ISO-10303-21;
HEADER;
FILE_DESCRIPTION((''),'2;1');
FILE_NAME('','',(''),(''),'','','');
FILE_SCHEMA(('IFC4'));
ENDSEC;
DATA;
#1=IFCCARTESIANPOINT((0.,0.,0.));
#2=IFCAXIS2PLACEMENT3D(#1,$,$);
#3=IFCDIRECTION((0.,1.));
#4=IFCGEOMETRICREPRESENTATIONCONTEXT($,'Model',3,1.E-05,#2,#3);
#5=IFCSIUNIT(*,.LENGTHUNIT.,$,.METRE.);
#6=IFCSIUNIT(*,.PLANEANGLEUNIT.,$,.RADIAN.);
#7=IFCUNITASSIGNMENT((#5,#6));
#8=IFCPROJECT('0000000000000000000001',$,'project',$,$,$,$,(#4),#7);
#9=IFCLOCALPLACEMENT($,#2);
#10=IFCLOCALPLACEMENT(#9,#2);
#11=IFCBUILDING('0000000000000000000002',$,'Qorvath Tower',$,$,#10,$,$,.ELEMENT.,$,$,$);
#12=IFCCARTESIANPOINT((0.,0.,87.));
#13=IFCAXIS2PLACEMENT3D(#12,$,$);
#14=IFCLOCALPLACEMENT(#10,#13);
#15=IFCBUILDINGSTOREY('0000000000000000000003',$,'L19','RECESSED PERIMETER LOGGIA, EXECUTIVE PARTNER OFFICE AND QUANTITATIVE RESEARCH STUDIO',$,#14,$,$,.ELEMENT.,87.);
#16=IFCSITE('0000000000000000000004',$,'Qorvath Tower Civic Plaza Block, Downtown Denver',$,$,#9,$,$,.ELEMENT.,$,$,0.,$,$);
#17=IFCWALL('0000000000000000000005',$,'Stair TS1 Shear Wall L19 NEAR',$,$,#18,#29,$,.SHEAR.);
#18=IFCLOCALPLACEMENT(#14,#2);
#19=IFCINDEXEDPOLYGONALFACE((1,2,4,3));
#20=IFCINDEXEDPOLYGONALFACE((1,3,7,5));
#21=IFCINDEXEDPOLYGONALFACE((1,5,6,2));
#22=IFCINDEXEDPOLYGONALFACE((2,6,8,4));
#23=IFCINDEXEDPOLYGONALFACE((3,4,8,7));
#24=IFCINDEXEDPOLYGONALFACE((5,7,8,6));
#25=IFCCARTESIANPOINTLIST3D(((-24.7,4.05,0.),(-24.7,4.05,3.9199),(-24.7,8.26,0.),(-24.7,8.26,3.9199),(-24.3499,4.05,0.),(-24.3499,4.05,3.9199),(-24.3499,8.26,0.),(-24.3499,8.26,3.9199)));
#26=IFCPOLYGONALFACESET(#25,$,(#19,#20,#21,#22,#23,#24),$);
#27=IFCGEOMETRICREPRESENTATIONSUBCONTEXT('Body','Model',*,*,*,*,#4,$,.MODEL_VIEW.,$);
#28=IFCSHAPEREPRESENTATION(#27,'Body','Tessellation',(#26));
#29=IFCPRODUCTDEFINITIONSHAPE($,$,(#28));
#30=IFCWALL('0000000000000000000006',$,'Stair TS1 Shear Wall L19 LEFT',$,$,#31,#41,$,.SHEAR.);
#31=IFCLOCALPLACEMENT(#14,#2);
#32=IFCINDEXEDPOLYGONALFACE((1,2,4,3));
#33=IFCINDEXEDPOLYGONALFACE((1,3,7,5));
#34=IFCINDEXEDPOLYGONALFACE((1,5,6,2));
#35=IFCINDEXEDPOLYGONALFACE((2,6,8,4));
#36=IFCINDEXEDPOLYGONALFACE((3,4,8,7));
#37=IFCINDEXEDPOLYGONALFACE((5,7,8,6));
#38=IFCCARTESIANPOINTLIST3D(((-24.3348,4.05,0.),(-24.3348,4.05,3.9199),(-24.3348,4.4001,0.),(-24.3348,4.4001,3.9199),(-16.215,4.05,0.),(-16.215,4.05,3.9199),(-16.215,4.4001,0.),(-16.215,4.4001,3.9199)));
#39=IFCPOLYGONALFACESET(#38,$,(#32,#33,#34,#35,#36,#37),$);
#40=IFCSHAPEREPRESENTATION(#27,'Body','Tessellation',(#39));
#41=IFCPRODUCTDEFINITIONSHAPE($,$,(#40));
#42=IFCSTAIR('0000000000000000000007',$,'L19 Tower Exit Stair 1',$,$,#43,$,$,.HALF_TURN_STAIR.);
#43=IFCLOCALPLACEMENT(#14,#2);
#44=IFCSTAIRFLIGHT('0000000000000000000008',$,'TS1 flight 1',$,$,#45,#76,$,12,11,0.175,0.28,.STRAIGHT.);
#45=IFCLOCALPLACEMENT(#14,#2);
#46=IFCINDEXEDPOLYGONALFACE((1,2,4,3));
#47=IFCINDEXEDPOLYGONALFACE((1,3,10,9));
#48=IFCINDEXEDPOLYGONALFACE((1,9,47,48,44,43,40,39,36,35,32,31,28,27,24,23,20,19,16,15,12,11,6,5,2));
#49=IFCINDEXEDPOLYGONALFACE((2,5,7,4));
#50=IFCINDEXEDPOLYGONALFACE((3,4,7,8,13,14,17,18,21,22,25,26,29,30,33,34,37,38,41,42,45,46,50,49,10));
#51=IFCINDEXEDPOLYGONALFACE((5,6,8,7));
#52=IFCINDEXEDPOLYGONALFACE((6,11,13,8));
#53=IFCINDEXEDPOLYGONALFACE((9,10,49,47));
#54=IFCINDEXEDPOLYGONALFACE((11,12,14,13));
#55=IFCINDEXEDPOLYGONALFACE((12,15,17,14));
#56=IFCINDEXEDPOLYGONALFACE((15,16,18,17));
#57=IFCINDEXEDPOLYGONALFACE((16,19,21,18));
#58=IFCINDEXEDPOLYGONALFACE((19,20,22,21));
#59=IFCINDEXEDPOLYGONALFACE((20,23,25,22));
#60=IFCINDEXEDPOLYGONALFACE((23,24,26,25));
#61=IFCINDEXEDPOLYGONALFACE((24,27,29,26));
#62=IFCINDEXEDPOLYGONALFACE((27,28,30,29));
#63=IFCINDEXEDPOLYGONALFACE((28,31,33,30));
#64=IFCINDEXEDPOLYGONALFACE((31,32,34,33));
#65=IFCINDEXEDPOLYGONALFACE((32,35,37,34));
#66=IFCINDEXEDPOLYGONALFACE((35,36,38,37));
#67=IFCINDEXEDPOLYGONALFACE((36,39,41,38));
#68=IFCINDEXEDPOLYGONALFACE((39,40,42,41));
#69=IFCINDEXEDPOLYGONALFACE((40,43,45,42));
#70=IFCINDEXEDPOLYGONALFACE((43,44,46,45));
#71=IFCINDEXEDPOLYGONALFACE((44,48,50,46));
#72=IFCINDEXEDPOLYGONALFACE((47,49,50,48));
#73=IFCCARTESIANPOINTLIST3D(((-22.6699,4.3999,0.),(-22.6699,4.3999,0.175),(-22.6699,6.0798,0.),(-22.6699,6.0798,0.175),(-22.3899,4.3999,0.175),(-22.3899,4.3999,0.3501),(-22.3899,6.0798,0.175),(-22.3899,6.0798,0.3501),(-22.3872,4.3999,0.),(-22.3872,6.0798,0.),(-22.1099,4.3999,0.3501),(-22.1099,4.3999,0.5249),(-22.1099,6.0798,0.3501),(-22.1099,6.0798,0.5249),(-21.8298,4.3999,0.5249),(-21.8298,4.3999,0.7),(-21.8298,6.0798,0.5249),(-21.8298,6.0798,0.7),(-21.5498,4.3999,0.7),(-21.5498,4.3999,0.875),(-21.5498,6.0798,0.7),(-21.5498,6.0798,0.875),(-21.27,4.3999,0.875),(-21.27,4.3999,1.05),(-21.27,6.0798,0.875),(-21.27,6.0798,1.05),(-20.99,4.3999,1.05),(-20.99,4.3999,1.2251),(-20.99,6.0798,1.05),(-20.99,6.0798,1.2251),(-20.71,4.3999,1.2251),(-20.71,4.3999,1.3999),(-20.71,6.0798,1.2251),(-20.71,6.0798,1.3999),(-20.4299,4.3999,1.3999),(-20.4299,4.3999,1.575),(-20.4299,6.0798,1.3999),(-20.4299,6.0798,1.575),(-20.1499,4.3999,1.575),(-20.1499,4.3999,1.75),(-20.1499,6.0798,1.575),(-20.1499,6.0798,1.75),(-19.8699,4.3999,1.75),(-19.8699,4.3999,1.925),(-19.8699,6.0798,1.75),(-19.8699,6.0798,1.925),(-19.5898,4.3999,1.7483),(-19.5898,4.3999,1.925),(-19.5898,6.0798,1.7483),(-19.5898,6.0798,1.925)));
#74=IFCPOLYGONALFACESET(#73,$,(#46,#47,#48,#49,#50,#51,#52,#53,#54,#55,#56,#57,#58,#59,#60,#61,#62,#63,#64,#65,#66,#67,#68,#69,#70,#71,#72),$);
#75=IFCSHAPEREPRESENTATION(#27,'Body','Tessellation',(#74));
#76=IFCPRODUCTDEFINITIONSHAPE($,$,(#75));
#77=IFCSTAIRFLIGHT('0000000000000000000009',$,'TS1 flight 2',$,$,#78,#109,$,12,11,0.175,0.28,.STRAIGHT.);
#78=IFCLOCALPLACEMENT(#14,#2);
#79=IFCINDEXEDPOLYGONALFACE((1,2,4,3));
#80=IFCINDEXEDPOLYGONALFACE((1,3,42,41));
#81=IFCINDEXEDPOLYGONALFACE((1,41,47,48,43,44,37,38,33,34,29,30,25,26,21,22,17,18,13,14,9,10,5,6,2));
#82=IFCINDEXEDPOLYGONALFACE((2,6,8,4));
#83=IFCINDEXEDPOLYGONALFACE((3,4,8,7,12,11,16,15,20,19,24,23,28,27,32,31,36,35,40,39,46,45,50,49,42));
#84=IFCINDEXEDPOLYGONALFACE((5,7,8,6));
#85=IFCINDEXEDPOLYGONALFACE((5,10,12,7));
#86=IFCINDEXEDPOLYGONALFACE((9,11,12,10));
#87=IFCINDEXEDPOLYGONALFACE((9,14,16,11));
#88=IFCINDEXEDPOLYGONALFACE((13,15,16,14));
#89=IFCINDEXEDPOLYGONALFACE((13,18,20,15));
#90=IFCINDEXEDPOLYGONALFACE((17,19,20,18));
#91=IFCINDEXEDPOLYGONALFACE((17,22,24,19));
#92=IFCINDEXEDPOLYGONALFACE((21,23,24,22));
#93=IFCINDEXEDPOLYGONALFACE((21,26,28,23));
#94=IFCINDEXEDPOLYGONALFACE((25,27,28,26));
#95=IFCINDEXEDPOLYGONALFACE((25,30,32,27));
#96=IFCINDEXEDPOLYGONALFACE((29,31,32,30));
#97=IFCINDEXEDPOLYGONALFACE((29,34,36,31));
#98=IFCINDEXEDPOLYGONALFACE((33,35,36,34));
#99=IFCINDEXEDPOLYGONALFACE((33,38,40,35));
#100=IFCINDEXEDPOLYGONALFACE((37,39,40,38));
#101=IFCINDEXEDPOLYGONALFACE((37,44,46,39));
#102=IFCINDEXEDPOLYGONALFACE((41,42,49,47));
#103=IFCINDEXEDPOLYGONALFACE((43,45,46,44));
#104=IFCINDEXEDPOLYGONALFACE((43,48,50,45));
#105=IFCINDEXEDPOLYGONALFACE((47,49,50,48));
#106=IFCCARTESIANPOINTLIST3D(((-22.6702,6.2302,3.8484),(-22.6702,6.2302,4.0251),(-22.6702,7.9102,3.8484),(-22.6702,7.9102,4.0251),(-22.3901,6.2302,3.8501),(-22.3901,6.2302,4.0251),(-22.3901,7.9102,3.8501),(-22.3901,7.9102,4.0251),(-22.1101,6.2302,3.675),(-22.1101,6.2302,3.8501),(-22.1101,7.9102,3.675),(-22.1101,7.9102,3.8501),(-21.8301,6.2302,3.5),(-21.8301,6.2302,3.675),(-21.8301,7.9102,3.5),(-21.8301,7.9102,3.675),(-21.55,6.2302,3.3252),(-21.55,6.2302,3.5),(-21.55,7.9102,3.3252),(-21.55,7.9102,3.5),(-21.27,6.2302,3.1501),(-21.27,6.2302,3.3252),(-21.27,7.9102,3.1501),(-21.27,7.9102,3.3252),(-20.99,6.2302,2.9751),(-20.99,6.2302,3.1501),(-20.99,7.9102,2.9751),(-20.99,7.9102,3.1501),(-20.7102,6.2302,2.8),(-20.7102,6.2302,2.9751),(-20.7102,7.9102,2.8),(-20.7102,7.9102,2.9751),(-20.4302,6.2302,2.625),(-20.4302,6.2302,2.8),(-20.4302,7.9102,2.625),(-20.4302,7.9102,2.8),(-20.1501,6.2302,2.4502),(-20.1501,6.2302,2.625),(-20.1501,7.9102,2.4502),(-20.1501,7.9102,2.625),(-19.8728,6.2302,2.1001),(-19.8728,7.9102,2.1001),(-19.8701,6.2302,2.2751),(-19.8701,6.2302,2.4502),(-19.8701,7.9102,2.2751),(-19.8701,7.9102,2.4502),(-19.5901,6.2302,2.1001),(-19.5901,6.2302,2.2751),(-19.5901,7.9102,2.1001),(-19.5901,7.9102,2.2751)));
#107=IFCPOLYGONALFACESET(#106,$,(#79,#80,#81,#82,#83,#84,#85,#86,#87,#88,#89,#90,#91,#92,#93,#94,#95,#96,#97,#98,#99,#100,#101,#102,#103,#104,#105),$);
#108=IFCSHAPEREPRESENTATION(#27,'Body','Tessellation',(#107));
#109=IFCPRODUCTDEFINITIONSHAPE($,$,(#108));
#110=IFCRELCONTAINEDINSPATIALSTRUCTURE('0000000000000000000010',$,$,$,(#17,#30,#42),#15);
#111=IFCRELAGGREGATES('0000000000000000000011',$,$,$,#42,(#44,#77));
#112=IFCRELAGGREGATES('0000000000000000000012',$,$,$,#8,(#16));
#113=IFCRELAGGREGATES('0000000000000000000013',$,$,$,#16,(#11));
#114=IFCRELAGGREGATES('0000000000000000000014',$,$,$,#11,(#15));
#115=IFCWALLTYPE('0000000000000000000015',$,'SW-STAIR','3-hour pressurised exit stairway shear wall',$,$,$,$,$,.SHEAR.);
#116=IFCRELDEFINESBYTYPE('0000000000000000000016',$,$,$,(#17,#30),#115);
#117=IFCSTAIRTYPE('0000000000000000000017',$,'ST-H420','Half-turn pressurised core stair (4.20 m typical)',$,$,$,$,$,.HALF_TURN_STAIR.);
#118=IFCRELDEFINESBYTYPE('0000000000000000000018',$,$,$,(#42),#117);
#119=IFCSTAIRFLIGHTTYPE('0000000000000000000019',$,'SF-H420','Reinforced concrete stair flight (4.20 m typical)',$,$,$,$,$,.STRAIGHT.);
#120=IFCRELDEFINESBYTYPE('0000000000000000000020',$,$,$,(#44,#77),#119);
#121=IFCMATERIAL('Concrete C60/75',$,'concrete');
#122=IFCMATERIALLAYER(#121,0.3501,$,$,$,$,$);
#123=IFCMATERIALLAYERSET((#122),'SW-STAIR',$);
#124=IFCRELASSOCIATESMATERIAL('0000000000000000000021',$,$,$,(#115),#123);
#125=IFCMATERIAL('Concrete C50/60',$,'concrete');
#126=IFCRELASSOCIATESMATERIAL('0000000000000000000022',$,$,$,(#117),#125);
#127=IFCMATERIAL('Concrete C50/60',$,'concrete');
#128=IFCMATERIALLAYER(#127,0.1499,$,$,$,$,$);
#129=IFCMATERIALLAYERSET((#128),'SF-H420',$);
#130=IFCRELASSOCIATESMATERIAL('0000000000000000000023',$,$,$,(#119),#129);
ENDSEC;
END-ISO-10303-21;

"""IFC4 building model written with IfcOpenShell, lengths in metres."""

from ifc_helpers import new_model, si_unit, direction, frame, frame_2d, origin, place, context, subcontext, project, spatial, polyline, rectangle, outline, extrude, material, layer, layer_set, type_object, element, aggregate, save


model = new_model("IFC4")

# Units and contexts
model_context = context("Model", 3, precision=1e-05, world=origin(), true_north=direction((0.0, 1.0)))
body_context = subcontext(model_context, "Body", "Model", "MODEL_VIEW")
ifc_project = project(units=[si_unit("LENGTHUNIT", "METRE"), si_unit("PLANEANGLEUNIT", "RADIAN")], contexts=[model_context])

# Site, building, storey
site_placement = place(None, origin())
site = spatial("IfcSite", under=ifc_project, at=site_placement, Name="Qorvath Tower Civic Plaza Block, Downtown Denver", CompositionType="ELEMENT", RefElevation=0.0)
building_placement = place(site_placement, origin())
building = spatial("IfcBuilding", under=site, at=building_placement, Name="Qorvath Tower", CompositionType="ELEMENT")
storey_placement = place(building_placement, frame((0.0, 0.0, 87.0)))
storey = spatial("IfcBuildingStorey", under=building, at=storey_placement, Name="L19", Description="RECESSED PERIMETER LOGGIA, EXECUTIVE PARTNER OFFICE AND QUANTITATIVE RESEARCH STUDIO", CompositionType="ELEMENT", Elevation=87.0)

# Walls
ifc_material_1 = material(Name="Concrete C60/75", Category="concrete")
ifc_layer_1 = layer(ifc_material_1, 0.3501)
ifc_layer_set_1 = layer_set([ifc_layer_1], Name="SW-STAIR")
wall_type_1 = type_object("IfcWallType", Name="SW-STAIR", Description="3-hour pressurised exit stairway shear wall", PredefinedType="SHEAR", material=ifc_layer_set_1)
wall_1_placement = place(storey_placement, frame((-24.5249, 8.26, 0.0), z_axis=(0.0, 0.0, 1.0), x_axis=(0.0, -1.0, 0.0)))
element("IfcWall", 1, at=wall_1_placement, inside=storey, type_object=wall_type_1, Name="Stair TS1 Shear Wall L19 NEAR", PredefinedType="SHEAR", context=body_context, shape_type="SweptSolid", body=[
    extrude(rectangle(XDim=4.21, YDim=0.3501, at=frame_2d((2.105, 0.0))), origin(), (0.0, 0.0, 1.0), 3.9199),
])
wall_2_placement = place(storey_placement, frame((-24.335, 4.2251, 0.0), z_axis=(0.0, 0.0, 1.0), x_axis=(1.0, 0.0, 0.0)))
element("IfcWall", 2, at=wall_2_placement, inside=storey, type_object=wall_type_1, Name="Stair TS1 Shear Wall L19 LEFT", PredefinedType="SHEAR", context=body_context, shape_type="SweptSolid", body=[
    extrude(rectangle(XDim=8.1199, YDim=0.3501, at=frame_2d((4.0601, 0.0))), origin(), (0.0, 0.0, 1.0), 3.9199),
])

# Stair, stair flights
ifc_material_2 = material(Name="Concrete C50/60", Category="concrete")
stair_type = type_object("IfcStairType", Name="ST-H420", Description="Half-turn pressurised core stair (4.20 m typical)", PredefinedType="HALF_TURN_STAIR", material=ifc_material_2)
stair_placement = place(storey_placement, origin())
stair = element("IfcStair", 3, at=stair_placement, inside=storey, type_object=stair_type, Name="L19 Tower Exit Stair 1", PredefinedType="HALF_TURN_STAIR")
ifc_material_3 = material(Name="Concrete C50/60", Category="concrete")
ifc_layer_2 = layer(ifc_material_3, 0.1499)
ifc_layer_set_2 = layer_set([ifc_layer_2], Name="SF-H420")
stair_flight_type = type_object("IfcStairFlightType", Name="SF-H420", Description="Reinforced concrete stair flight (4.20 m typical)", PredefinedType="STRAIGHT", material=ifc_layer_set_2)
stair_flight_1_placement = place(storey_placement, frame((-22.6699, 5.24, 0.0), z_axis=(0.0, 0.0, 1.0), x_axis=(1.0, 0.0, 0.0)))
stair_flight_1 = element("IfcStairFlight", 4, at=stair_flight_1_placement, type_object=stair_flight_type, Name="TS1 flight 1", NumberOfRisers=12, NumberOfTreads=11, PredefinedType="STRAIGHT", RiserHeight=0.175, TreadLength=0.28, context=body_context, shape_type="SweptSolid", body=[
    extrude(outline(polyline([(0.0, 0.0), (0.0, 0.175), (0.28, 0.175), (0.28, 0.3501), (0.5601, 0.3501), (0.5601, 0.5249), (0.8401, 0.5249), (0.8401, 0.7), (1.1201, 0.7), (1.1201, 0.875), (1.3999, 0.875), (1.3999, 1.05), (1.6799, 1.05), (1.6799, 1.2251), (1.96, 1.2251), (1.96, 1.3999), (2.24, 1.3999), (2.24, 1.575), (2.52, 1.575), (2.52, 1.75), (2.8, 1.75), (2.8, 1.925), (3.0801, 1.925), (3.0801, 2.1001), (3.0801, 1.7483), (0.2827, 0.0), (0.0, 0.0)])), frame((0.0, 0.8398, 0.0), z_axis=(0.0, -1.0, 0.0), x_axis=(1.0, 0.0, 0.0)), (0.0, 0.0, 1.0), 1.6799),
])
stair_flight_2_placement = place(storey_placement, frame((-19.5901, 7.0701, 2.1001), z_axis=(0.0, 0.0, 1.0), x_axis=(-1.0, 0.0, 0.0)))
stair_flight_2 = element("IfcStairFlight", 5, at=stair_flight_2_placement, type_object=stair_flight_type, Name="TS1 flight 2", NumberOfRisers=12, NumberOfTreads=11, PredefinedType="STRAIGHT", RiserHeight=0.175, TreadLength=0.28, context=body_context, shape_type="SweptSolid", body=[
    extrude(outline(polyline([(0.0, 0.0), (0.0, 0.175), (0.28, 0.175), (0.28, 0.3501), (0.5601, 0.3501), (0.5601, 0.5249), (0.8401, 0.5249), (0.8401, 0.7), (1.1201, 0.7), (1.1201, 0.875), (1.3999, 0.875), (1.3999, 1.05), (1.6799, 1.05), (1.6799, 1.2251), (1.96, 1.2251), (1.96, 1.3999), (2.24, 1.3999), (2.24, 1.575), (2.52, 1.575), (2.52, 1.75), (2.8, 1.75), (2.8, 1.925), (3.0801, 1.925), (3.0801, 2.1001), (3.0801, 1.7483), (0.2827, 0.0), (0.0, 0.0)])), frame((0.0, 0.8398, 0.0), z_axis=(0.0, -1.0, 0.0), x_axis=(1.0, 0.0, 0.0)), (0.0, 0.0, 1.0), 1.6799),
])
aggregate(stair, [stair_flight_1, stair_flight_2])

save(model, "model.ifc")
